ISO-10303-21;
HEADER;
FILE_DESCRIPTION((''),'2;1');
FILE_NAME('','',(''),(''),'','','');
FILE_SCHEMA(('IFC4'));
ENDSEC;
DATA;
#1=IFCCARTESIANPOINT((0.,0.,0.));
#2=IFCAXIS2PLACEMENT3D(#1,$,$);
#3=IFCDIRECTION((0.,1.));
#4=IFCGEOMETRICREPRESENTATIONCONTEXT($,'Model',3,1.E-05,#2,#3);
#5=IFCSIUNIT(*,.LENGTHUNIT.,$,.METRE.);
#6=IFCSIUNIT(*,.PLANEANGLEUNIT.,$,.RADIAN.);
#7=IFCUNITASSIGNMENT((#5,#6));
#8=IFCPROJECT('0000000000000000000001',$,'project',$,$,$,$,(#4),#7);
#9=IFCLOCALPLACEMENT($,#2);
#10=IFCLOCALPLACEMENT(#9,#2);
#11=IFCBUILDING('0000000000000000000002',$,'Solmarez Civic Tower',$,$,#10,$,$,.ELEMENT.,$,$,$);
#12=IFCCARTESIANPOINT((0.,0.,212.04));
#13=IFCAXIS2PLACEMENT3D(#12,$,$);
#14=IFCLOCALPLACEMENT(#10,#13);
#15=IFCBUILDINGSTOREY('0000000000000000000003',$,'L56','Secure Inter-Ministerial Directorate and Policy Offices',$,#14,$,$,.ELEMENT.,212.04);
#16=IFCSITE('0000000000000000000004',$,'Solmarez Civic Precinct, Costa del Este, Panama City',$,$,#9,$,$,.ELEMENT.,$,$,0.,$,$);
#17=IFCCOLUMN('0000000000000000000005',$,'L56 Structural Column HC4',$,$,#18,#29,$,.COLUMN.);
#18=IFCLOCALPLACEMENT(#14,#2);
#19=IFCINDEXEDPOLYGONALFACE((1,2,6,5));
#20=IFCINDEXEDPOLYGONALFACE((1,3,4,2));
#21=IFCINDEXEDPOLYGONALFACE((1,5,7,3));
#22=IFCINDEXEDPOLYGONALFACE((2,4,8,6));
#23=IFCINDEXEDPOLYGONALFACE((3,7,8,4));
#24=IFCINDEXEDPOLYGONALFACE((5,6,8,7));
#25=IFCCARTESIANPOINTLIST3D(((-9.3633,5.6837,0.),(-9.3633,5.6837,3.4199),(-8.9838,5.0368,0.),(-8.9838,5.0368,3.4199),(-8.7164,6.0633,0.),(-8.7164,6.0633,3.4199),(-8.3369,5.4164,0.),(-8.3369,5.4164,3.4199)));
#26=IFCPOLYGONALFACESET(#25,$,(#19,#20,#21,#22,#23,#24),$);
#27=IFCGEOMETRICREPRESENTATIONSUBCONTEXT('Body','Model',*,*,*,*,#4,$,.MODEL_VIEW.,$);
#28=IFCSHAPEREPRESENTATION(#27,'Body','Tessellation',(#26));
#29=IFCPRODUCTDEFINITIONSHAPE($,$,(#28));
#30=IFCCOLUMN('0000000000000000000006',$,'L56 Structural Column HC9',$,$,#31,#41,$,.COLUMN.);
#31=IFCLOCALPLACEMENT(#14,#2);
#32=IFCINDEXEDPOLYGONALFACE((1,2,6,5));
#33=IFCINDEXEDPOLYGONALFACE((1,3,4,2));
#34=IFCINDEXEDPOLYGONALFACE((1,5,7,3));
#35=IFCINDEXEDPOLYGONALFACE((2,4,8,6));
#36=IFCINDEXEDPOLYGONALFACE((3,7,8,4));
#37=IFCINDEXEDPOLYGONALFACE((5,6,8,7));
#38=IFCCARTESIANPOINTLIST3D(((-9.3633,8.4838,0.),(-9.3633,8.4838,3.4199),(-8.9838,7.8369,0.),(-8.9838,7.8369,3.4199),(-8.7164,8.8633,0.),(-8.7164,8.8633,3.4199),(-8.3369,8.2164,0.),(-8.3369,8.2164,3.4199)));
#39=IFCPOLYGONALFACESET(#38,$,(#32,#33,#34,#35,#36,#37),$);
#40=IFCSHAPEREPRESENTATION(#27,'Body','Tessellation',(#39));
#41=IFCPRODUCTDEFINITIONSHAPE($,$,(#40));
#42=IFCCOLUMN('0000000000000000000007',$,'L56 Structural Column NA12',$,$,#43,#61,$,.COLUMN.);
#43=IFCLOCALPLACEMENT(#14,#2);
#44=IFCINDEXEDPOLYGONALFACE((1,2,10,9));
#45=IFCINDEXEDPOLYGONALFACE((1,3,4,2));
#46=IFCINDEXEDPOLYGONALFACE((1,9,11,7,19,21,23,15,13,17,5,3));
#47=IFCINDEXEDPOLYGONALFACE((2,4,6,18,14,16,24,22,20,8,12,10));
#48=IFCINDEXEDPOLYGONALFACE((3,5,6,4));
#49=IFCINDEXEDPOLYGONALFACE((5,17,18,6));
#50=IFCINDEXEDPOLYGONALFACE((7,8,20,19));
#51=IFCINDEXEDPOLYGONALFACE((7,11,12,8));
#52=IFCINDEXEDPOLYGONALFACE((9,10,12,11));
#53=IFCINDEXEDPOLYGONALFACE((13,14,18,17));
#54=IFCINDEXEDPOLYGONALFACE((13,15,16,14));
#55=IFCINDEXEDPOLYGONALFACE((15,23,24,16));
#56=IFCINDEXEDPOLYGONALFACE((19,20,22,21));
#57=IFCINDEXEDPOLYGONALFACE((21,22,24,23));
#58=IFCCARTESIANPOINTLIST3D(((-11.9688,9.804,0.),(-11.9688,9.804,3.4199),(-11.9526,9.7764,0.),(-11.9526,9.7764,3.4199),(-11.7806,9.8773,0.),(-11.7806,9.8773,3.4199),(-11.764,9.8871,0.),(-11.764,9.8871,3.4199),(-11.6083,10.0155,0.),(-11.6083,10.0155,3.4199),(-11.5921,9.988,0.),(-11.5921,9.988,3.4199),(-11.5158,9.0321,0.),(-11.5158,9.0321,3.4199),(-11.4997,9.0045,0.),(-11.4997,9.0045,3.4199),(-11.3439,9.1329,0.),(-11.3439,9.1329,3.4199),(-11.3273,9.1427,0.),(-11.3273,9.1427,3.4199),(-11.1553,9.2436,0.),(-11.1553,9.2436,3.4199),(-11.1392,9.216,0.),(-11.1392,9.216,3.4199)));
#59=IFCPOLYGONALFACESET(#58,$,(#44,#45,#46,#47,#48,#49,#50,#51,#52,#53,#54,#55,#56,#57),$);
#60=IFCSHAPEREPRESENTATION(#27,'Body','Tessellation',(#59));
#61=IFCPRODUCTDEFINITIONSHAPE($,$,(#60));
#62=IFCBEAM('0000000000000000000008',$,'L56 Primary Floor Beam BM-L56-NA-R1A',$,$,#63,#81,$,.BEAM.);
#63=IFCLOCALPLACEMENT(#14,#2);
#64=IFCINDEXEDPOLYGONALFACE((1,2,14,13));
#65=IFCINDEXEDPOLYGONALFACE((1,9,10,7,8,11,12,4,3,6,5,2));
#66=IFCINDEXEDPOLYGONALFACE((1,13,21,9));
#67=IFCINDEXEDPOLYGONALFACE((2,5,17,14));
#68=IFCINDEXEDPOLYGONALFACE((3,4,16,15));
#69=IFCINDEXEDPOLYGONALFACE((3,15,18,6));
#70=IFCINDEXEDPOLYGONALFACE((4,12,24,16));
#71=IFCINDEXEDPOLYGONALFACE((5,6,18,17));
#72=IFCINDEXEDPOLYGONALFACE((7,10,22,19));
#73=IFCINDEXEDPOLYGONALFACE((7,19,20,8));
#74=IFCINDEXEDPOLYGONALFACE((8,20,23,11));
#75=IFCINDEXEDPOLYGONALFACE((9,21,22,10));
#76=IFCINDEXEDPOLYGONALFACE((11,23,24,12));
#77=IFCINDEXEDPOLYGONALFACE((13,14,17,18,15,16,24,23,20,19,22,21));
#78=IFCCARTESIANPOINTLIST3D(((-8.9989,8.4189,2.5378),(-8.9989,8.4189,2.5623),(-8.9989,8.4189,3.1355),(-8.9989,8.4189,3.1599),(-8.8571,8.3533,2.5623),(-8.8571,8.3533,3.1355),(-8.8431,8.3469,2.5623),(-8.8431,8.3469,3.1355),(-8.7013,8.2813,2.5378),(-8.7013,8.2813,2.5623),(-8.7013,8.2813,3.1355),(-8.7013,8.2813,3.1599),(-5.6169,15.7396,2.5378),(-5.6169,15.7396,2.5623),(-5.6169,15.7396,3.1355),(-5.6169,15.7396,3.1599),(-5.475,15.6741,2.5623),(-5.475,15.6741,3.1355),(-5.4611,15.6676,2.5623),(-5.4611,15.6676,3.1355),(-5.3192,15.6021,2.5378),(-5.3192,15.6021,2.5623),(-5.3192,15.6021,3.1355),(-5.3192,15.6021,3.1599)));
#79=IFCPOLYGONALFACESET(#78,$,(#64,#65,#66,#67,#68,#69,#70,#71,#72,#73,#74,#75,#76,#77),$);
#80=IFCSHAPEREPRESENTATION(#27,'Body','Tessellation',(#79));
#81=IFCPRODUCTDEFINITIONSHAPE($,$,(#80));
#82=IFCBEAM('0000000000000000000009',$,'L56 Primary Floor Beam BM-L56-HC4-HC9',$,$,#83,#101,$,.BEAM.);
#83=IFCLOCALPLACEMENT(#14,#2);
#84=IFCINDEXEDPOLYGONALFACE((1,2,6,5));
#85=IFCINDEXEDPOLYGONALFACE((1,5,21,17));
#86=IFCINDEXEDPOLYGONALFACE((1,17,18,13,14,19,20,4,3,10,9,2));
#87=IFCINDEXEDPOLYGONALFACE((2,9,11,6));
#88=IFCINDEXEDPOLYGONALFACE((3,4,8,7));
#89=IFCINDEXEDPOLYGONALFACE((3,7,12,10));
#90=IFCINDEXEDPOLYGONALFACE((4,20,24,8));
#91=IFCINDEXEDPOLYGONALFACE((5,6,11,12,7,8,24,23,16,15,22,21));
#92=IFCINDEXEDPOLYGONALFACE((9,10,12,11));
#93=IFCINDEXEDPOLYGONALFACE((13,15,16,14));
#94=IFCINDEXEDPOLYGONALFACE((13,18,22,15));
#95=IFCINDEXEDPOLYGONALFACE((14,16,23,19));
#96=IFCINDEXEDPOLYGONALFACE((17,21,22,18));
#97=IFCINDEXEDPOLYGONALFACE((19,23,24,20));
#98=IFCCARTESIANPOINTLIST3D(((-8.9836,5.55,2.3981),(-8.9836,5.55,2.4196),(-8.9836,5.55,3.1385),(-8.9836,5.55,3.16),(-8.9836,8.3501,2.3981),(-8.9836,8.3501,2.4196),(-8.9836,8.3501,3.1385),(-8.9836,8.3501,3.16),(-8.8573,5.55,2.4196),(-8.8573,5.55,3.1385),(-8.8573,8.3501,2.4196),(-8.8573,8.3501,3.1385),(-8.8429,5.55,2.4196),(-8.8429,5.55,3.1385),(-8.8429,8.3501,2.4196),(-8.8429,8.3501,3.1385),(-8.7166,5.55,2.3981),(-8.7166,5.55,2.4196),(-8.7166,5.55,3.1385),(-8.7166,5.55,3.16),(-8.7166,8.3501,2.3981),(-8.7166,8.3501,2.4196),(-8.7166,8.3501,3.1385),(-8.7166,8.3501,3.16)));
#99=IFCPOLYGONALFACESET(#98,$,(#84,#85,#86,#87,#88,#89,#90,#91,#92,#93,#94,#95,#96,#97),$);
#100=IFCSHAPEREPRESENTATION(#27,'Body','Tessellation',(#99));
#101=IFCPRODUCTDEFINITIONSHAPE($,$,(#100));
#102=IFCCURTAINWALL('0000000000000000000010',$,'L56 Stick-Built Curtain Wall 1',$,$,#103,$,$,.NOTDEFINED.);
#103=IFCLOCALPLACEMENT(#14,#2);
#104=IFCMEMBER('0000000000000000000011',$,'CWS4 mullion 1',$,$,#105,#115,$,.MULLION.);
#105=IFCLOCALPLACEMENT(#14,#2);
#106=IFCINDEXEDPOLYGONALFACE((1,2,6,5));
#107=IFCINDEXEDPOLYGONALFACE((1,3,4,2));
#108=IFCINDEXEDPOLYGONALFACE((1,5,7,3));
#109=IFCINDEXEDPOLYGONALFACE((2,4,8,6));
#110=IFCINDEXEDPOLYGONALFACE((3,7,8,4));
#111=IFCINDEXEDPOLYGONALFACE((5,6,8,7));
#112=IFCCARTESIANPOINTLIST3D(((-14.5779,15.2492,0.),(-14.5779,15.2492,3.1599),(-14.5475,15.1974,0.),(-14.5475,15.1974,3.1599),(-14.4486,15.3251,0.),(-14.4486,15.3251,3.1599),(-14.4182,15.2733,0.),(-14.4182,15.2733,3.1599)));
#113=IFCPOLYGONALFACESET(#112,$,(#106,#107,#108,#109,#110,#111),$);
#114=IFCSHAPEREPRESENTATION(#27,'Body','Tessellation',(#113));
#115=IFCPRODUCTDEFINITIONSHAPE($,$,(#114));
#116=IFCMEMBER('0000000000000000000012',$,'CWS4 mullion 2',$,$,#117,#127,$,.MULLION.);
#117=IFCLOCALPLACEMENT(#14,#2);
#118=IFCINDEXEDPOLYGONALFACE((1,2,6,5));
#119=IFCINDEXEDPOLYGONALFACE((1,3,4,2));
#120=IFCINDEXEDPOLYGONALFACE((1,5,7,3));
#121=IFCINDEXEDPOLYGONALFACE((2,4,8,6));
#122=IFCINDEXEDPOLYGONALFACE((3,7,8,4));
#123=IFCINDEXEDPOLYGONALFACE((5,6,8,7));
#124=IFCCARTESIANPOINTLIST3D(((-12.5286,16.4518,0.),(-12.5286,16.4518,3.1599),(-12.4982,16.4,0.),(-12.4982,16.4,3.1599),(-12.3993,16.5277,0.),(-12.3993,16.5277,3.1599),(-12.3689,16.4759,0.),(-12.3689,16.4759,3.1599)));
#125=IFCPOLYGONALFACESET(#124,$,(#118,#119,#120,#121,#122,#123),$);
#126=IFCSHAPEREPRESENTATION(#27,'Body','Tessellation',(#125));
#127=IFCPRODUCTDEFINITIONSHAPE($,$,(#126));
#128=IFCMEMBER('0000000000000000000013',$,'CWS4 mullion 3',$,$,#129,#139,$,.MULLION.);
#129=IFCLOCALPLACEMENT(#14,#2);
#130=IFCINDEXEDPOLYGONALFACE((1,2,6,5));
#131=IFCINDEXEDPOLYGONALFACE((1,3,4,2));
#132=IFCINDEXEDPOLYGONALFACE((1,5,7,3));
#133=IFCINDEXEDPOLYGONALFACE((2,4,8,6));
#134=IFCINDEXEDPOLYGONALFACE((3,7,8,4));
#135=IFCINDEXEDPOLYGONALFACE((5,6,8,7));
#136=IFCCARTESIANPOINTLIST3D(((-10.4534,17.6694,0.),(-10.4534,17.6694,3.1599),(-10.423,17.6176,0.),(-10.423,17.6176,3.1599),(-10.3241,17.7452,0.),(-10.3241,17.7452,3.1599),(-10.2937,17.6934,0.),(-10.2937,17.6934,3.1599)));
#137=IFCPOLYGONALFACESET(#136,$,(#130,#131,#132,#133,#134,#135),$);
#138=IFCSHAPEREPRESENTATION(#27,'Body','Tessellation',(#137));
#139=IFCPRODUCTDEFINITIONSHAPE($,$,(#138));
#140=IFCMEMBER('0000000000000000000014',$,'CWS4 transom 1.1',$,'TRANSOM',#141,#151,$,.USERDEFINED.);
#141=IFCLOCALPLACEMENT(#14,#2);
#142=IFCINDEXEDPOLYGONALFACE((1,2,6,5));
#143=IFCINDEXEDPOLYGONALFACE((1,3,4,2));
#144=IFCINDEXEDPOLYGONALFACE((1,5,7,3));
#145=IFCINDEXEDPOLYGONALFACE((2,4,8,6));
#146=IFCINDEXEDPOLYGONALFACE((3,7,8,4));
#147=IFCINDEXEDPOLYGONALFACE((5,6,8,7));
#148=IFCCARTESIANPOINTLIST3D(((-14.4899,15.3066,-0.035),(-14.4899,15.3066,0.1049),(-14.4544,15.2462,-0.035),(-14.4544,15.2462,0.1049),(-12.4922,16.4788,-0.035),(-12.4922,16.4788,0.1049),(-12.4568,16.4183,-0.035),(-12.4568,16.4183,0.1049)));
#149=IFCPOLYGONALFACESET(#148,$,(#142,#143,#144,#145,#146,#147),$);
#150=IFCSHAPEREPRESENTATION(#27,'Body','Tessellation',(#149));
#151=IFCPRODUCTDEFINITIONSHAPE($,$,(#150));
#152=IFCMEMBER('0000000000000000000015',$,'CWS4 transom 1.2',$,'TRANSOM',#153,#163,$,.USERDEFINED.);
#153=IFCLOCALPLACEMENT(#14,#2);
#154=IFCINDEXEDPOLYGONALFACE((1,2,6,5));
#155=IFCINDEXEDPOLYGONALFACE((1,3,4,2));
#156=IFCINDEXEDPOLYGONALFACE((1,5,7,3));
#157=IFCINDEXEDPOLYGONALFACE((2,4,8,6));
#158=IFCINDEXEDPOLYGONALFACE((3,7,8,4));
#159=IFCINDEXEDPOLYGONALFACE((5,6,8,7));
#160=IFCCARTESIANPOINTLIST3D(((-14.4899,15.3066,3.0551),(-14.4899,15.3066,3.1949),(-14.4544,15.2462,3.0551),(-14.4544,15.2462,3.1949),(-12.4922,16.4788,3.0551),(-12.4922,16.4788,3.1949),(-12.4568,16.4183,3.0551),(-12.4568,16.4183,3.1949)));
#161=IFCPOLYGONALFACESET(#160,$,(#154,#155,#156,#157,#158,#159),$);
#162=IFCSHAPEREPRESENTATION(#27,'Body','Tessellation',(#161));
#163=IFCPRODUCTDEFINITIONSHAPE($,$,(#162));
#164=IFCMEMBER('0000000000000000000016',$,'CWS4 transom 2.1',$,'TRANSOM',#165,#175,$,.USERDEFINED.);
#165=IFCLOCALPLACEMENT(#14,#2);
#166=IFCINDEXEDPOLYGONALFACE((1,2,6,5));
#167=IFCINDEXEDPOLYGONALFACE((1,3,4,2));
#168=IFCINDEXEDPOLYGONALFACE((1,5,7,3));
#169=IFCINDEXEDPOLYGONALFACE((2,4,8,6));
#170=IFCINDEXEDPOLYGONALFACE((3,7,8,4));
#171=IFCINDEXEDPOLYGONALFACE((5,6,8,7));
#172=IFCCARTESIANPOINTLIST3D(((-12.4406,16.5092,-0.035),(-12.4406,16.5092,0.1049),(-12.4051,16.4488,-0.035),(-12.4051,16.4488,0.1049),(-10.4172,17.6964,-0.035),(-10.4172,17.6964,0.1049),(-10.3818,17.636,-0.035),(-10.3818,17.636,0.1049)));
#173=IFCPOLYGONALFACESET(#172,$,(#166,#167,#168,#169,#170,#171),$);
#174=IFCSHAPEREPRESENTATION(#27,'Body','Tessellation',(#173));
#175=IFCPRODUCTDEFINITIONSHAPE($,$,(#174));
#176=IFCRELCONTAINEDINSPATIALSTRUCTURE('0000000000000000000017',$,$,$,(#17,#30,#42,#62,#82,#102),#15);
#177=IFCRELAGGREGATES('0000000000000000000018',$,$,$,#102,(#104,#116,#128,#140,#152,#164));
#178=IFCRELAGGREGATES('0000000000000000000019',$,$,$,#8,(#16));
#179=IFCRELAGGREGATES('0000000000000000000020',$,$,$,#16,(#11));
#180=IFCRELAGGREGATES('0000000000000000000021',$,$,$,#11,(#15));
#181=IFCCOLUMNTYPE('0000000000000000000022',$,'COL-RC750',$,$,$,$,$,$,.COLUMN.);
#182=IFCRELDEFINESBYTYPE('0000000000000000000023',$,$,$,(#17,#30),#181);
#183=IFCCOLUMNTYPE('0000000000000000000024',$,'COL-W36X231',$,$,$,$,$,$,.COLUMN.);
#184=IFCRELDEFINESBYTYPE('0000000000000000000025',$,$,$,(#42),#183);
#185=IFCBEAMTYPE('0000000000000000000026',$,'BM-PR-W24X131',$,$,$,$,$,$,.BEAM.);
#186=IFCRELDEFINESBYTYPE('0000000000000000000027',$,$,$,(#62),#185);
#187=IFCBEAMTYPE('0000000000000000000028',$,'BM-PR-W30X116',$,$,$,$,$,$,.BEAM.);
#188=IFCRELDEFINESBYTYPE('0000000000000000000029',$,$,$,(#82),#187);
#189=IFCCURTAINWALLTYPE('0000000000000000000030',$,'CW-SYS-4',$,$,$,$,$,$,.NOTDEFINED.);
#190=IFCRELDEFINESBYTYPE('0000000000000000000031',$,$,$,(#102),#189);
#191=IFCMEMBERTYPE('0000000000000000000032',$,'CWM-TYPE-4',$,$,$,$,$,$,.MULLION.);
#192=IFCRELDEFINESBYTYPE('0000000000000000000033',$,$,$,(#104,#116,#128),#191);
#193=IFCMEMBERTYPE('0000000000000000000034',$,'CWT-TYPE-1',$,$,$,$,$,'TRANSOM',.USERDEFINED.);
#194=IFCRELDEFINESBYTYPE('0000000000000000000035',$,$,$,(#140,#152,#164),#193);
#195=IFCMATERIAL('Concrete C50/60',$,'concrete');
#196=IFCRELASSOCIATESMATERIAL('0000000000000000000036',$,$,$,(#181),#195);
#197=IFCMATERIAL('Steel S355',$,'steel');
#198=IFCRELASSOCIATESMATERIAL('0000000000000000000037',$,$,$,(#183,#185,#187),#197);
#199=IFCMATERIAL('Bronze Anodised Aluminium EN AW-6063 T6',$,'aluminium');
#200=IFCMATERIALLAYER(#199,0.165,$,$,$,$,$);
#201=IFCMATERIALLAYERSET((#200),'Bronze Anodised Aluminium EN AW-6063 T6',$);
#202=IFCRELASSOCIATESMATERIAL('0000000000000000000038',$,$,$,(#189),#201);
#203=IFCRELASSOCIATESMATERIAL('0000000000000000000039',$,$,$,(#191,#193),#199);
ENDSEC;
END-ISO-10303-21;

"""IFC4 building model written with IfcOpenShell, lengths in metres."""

from ifc_helpers import new_model, si_unit, direction, frame, origin, origin_2d, place, context, subcontext, project, spatial, rectangle, i_section, extrude, material, layer, layer_set, material_profile, profile_set, type_object, element, aggregate, save


model = new_model("IFC4")

# Units and contexts
model_context = context("Model", 3, precision=1e-05, world=origin(), true_north=direction((0.0, 1.0)))
body_context = subcontext(model_context, "Body", "Model", "MODEL_VIEW")
ifc_project = project(units=[si_unit("LENGTHUNIT", "METRE"), si_unit("PLANEANGLEUNIT", "RADIAN")], contexts=[model_context])

# Site, building, storey
site_placement = place(None, origin())
site = spatial("IfcSite", under=ifc_project, at=site_placement, Name="Solmarez Civic Precinct, Costa del Este, Panama City", CompositionType="ELEMENT", RefElevation=0.0)
building_placement = place(site_placement, origin())
building = spatial("IfcBuilding", under=site, at=building_placement, Name="Solmarez Civic Tower", CompositionType="ELEMENT")
storey_placement = place(building_placement, frame((0.0, 0.0, 212.04)))
storey = spatial("IfcBuildingStorey", under=building, at=storey_placement, Name="L56", Description="Secure Inter-Ministerial Directorate and Policy Offices", CompositionType="ELEMENT", Elevation=212.04)

# Columns
ifc_material_1 = material(Name="Concrete C50/60", Category="concrete")
ifc_material_profile_1 = material_profile(ifc_material_1, rectangle(XDim=0.75, YDim=0.75, at=origin_2d()), Name="RC750X750")
ifc_profile_set_1 = profile_set([ifc_material_profile_1], Name="Concrete C50/60")
column_type_1 = type_object("IfcColumnType", Name="COL-RC750", PredefinedType="COLUMN", material=ifc_profile_set_1)
for number, where, z_axis, x_axis, name in (
    (1, (-8.8501, 5.55, 0.0), (0.0, 0.0, 1.0), (0.862514, 0.506034, 0.0), "L56 Structural Column HC4"),
    (2, (-8.8501, 8.3501, 0.0), (0.0, 0.0, 1.0), (0.862514, 0.506034, 0.0), "L56 Structural Column HC9"),
):
    element("IfcColumn", number, at=place(storey_placement, frame(where, z_axis=z_axis, x_axis=x_axis)), inside=storey, type_object=column_type_1, Name=name, PredefinedType="COLUMN", context=body_context, shape_type="SweptSolid", body=[
        extrude(rectangle(XDim=0.75, YDim=0.75, at=origin_2d()), origin(), (0.0, 0.0, 1.0), 3.4199),
    ])
ifc_material_2 = material(Name="Steel S355", Category="steel")
ifc_material_profile_2 = material_profile(ifc_material_2, i_section(OverallWidth=0.418, OverallDepth=0.927, WebThickness=0.0193, FlangeThickness=0.032, at=origin_2d()), Name="W36X231")
ifc_profile_set_2 = profile_set([ifc_material_profile_2], Name="Steel S355")
column_type_2 = type_object("IfcColumnType", Name="COL-W36X231", PredefinedType="COLUMN", material=ifc_profile_set_2)
column_placement = place(storey_placement, frame((-11.554, 9.51, 0.0), z_axis=(0.0, 0.0, 1.0), x_axis=(0.862514, 0.506034, 0.0)))
element("IfcColumn", 3, at=column_placement, inside=storey, type_object=column_type_2, Name="L56 Structural Column NA12", PredefinedType="COLUMN", context=body_context, shape_type="SweptSolid", body=[
    extrude(i_section(OverallWidth=0.418, OverallDepth=0.927, WebThickness=0.0193, FlangeThickness=0.032, at=origin_2d()), origin(), (0.0, 0.0, 1.0), 3.4199),
])

# Beams
ifc_material_profile_3 = material_profile(ifc_material_2, i_section(OverallWidth=0.3279, OverallDepth=0.6221, WebThickness=0.0154, FlangeThickness=0.0244, at=origin_2d()), Name="W24X131")
ifc_profile_set_3 = profile_set([ifc_material_profile_3], Name="Steel S355")
beam_type_1 = type_object("IfcBeamType", Name="BM-PR-W24X131", PredefinedType="BEAM", material=ifc_profile_set_3)
beam_1_placement = place(storey_placement, frame((-8.8501, 8.3501, 2.8489), z_axis=(0.41939, 0.907806, 0.0), x_axis=(-0.907806, 0.41939, 0.0)))
element("IfcBeam", 4, at=beam_1_placement, inside=storey, type_object=beam_type_1, Name="L56 Primary Floor Beam BM-L56-NA-R1A", PredefinedType="BEAM", context=body_context, shape_type="SweptSolid", body=[
    extrude(i_section(OverallWidth=0.3279, OverallDepth=0.6221, WebThickness=0.0154, FlangeThickness=0.0244, at=origin_2d()), origin(), (0.0, 0.0, 1.0), 8.0642),
])
ifc_material_profile_4 = material_profile(ifc_material_2, i_section(OverallWidth=0.2671, OverallDepth=0.762, WebThickness=0.0144, FlangeThickness=0.0215, at=origin_2d()), Name="W30X116")
ifc_profile_set_4 = profile_set([ifc_material_profile_4], Name="Steel S355")
beam_type_2 = type_object("IfcBeamType", Name="BM-PR-W30X116", PredefinedType="BEAM", material=ifc_profile_set_4)
beam_2_placement = place(storey_placement, frame((-8.8501, 5.55, 2.7791), z_axis=(0.0, 1.0, 0.0), x_axis=(-1.0, 0.0, 0.0)))
element("IfcBeam", 5, at=beam_2_placement, inside=storey, type_object=beam_type_2, Name="L56 Primary Floor Beam BM-L56-HC4-HC9", PredefinedType="BEAM", context=body_context, shape_type="SweptSolid", body=[
    extrude(i_section(OverallWidth=0.2671, OverallDepth=0.762, WebThickness=0.0144, FlangeThickness=0.0215, at=origin_2d()), origin(), (0.0, 0.0, 1.0), 2.8),
])

# Curtain wall, members
ifc_material_3 = material(Name="Bronze Anodised Aluminium EN AW-6063 T6", Category="aluminium")
ifc_layer_1 = layer(ifc_material_3, 0.165)
ifc_layer_set_1 = layer_set([ifc_layer_1], Name="Bronze Anodised Aluminium EN AW-6063 T6")
curtain_wall_type = type_object("IfcCurtainWallType", Name="CW-SYS-4", PredefinedType="NOTDEFINED", material=ifc_layer_set_1)
curtain_wall_placement = place(storey_placement, origin())
curtain_wall = element("IfcCurtainWall", 6, at=curtain_wall_placement, inside=storey, type_object=curtain_wall_type, Name="L56 Stick-Built Curtain Wall 1", PredefinedType="NOTDEFINED")
ifc_material_profile_5 = material_profile(ifc_material_3, rectangle(XDim=0.0601, YDim=0.1499, at=origin_2d()), Name="CWM-60X150")
ifc_profile_set_5 = profile_set([ifc_material_profile_5], Name="Bronze Anodised Aluminium EN AW-6063 T6")
member_type_1 = type_object("IfcMemberType", Name="CWM-TYPE-4", PredefinedType="MULLION", material=ifc_profile_set_5)
member_1_placement = place(storey_placement, frame((-14.498, 15.2612, 0.0), z_axis=(0.0, 0.0, 1.0), x_axis=(-0.506098, 0.862476, 0.0)))
member_1 = element("IfcMember", 7, at=member_1_placement, type_object=member_type_1, Name="CWS4 mullion 1", PredefinedType="MULLION", context=body_context, shape_type="SweptSolid", body=[
    extrude(rectangle(XDim=0.0601, YDim=0.1499, at=origin_2d()), origin(), (0.0, 0.0, 1.0), 3.1599),
])
member_2_placement = place(storey_placement, frame((-12.4487, 16.4639, 0.0), z_axis=(0.0, 0.0, 1.0), x_axis=(-0.506098, 0.862476, 0.0)))
member_2 = element("IfcMember", 8, at=member_2_placement, type_object=member_type_1, Name="CWS4 mullion 2", PredefinedType="MULLION", context=body_context, shape_type="SweptSolid", body=[
    extrude(rectangle(XDim=0.0601, YDim=0.1499, at=origin_2d()), origin(), (0.0, 0.0, 1.0), 3.1599),
])
member_3_placement = place(storey_placement, frame((-10.3735, 17.6814, 0.0), z_axis=(0.0, 0.0, 1.0), x_axis=(-0.506098, 0.862476, 0.0)))
member_3 = element("IfcMember", 9, at=member_3_placement, type_object=member_type_1, Name="CWS4 mullion 3", PredefinedType="MULLION", context=body_context, shape_type="SweptSolid", body=[
    extrude(rectangle(XDim=0.0601, YDim=0.1499, at=origin_2d()), origin(), (0.0, 0.0, 1.0), 3.1599),
])
ifc_material_profile_6 = material_profile(ifc_material_3, rectangle(XDim=0.0701, YDim=0.1399, at=origin_2d()), Name="CWT-70X140")
ifc_profile_set_6 = profile_set([ifc_material_profile_6], Name="Bronze Anodised Aluminium EN AW-6063 T6")
member_type_2 = type_object("IfcMemberType", Name="CWT-TYPE-1", ElementType="TRANSOM", PredefinedType="USERDEFINED", material=ifc_profile_set_6)
member_4_placement = place(storey_placement, frame((-14.4722, 15.2764, 0.0349), z_axis=(0.862484, 0.506085, 0.0), x_axis=(-0.506085, 0.862484, 0.0)))
member_4 = element("IfcMember", 10, at=member_4_placement, type_object=member_type_2, Name="CWS4 transom 1.1", ObjectType="TRANSOM", PredefinedType="USERDEFINED", context=body_context, shape_type="SweptSolid", body=[
    extrude(rectangle(XDim=0.0701, YDim=0.1399, at=origin_2d()), origin(), (0.0, 0.0, 1.0), 2.3162),
])
member_5_placement = place(storey_placement, frame((-14.4722, 15.2764, 3.125), z_axis=(0.862484, 0.506085, 0.0), x_axis=(-0.506085, 0.862484, 0.0)))
member_5 = element("IfcMember", 11, at=member_5_placement, type_object=member_type_2, Name="CWS4 transom 1.2", ObjectType="TRANSOM", PredefinedType="USERDEFINED", context=body_context, shape_type="SweptSolid", body=[
    extrude(rectangle(XDim=0.0701, YDim=0.1399, at=origin_2d()), origin(), (0.0, 0.0, 1.0), 2.3162),
])
member_6_placement = place(storey_placement, frame((-12.4229, 16.479, 0.0349), z_axis=(0.862493, 0.506069, 0.0), x_axis=(-0.506069, 0.862493, 0.0)))
member_6 = element("IfcMember", 12, at=member_6_placement, type_object=member_type_2, Name="CWS4 transom 2.1", ObjectType="TRANSOM", PredefinedType="USERDEFINED", context=body_context, shape_type="SweptSolid", body=[
    extrude(rectangle(XDim=0.0701, YDim=0.1399, at=origin_2d()), origin(), (0.0, 0.0, 1.0), 2.3459),
])
aggregate(curtain_wall, [member_1, member_2, member_3, member_4, member_5, member_6])

save(model, "model.ifc")
